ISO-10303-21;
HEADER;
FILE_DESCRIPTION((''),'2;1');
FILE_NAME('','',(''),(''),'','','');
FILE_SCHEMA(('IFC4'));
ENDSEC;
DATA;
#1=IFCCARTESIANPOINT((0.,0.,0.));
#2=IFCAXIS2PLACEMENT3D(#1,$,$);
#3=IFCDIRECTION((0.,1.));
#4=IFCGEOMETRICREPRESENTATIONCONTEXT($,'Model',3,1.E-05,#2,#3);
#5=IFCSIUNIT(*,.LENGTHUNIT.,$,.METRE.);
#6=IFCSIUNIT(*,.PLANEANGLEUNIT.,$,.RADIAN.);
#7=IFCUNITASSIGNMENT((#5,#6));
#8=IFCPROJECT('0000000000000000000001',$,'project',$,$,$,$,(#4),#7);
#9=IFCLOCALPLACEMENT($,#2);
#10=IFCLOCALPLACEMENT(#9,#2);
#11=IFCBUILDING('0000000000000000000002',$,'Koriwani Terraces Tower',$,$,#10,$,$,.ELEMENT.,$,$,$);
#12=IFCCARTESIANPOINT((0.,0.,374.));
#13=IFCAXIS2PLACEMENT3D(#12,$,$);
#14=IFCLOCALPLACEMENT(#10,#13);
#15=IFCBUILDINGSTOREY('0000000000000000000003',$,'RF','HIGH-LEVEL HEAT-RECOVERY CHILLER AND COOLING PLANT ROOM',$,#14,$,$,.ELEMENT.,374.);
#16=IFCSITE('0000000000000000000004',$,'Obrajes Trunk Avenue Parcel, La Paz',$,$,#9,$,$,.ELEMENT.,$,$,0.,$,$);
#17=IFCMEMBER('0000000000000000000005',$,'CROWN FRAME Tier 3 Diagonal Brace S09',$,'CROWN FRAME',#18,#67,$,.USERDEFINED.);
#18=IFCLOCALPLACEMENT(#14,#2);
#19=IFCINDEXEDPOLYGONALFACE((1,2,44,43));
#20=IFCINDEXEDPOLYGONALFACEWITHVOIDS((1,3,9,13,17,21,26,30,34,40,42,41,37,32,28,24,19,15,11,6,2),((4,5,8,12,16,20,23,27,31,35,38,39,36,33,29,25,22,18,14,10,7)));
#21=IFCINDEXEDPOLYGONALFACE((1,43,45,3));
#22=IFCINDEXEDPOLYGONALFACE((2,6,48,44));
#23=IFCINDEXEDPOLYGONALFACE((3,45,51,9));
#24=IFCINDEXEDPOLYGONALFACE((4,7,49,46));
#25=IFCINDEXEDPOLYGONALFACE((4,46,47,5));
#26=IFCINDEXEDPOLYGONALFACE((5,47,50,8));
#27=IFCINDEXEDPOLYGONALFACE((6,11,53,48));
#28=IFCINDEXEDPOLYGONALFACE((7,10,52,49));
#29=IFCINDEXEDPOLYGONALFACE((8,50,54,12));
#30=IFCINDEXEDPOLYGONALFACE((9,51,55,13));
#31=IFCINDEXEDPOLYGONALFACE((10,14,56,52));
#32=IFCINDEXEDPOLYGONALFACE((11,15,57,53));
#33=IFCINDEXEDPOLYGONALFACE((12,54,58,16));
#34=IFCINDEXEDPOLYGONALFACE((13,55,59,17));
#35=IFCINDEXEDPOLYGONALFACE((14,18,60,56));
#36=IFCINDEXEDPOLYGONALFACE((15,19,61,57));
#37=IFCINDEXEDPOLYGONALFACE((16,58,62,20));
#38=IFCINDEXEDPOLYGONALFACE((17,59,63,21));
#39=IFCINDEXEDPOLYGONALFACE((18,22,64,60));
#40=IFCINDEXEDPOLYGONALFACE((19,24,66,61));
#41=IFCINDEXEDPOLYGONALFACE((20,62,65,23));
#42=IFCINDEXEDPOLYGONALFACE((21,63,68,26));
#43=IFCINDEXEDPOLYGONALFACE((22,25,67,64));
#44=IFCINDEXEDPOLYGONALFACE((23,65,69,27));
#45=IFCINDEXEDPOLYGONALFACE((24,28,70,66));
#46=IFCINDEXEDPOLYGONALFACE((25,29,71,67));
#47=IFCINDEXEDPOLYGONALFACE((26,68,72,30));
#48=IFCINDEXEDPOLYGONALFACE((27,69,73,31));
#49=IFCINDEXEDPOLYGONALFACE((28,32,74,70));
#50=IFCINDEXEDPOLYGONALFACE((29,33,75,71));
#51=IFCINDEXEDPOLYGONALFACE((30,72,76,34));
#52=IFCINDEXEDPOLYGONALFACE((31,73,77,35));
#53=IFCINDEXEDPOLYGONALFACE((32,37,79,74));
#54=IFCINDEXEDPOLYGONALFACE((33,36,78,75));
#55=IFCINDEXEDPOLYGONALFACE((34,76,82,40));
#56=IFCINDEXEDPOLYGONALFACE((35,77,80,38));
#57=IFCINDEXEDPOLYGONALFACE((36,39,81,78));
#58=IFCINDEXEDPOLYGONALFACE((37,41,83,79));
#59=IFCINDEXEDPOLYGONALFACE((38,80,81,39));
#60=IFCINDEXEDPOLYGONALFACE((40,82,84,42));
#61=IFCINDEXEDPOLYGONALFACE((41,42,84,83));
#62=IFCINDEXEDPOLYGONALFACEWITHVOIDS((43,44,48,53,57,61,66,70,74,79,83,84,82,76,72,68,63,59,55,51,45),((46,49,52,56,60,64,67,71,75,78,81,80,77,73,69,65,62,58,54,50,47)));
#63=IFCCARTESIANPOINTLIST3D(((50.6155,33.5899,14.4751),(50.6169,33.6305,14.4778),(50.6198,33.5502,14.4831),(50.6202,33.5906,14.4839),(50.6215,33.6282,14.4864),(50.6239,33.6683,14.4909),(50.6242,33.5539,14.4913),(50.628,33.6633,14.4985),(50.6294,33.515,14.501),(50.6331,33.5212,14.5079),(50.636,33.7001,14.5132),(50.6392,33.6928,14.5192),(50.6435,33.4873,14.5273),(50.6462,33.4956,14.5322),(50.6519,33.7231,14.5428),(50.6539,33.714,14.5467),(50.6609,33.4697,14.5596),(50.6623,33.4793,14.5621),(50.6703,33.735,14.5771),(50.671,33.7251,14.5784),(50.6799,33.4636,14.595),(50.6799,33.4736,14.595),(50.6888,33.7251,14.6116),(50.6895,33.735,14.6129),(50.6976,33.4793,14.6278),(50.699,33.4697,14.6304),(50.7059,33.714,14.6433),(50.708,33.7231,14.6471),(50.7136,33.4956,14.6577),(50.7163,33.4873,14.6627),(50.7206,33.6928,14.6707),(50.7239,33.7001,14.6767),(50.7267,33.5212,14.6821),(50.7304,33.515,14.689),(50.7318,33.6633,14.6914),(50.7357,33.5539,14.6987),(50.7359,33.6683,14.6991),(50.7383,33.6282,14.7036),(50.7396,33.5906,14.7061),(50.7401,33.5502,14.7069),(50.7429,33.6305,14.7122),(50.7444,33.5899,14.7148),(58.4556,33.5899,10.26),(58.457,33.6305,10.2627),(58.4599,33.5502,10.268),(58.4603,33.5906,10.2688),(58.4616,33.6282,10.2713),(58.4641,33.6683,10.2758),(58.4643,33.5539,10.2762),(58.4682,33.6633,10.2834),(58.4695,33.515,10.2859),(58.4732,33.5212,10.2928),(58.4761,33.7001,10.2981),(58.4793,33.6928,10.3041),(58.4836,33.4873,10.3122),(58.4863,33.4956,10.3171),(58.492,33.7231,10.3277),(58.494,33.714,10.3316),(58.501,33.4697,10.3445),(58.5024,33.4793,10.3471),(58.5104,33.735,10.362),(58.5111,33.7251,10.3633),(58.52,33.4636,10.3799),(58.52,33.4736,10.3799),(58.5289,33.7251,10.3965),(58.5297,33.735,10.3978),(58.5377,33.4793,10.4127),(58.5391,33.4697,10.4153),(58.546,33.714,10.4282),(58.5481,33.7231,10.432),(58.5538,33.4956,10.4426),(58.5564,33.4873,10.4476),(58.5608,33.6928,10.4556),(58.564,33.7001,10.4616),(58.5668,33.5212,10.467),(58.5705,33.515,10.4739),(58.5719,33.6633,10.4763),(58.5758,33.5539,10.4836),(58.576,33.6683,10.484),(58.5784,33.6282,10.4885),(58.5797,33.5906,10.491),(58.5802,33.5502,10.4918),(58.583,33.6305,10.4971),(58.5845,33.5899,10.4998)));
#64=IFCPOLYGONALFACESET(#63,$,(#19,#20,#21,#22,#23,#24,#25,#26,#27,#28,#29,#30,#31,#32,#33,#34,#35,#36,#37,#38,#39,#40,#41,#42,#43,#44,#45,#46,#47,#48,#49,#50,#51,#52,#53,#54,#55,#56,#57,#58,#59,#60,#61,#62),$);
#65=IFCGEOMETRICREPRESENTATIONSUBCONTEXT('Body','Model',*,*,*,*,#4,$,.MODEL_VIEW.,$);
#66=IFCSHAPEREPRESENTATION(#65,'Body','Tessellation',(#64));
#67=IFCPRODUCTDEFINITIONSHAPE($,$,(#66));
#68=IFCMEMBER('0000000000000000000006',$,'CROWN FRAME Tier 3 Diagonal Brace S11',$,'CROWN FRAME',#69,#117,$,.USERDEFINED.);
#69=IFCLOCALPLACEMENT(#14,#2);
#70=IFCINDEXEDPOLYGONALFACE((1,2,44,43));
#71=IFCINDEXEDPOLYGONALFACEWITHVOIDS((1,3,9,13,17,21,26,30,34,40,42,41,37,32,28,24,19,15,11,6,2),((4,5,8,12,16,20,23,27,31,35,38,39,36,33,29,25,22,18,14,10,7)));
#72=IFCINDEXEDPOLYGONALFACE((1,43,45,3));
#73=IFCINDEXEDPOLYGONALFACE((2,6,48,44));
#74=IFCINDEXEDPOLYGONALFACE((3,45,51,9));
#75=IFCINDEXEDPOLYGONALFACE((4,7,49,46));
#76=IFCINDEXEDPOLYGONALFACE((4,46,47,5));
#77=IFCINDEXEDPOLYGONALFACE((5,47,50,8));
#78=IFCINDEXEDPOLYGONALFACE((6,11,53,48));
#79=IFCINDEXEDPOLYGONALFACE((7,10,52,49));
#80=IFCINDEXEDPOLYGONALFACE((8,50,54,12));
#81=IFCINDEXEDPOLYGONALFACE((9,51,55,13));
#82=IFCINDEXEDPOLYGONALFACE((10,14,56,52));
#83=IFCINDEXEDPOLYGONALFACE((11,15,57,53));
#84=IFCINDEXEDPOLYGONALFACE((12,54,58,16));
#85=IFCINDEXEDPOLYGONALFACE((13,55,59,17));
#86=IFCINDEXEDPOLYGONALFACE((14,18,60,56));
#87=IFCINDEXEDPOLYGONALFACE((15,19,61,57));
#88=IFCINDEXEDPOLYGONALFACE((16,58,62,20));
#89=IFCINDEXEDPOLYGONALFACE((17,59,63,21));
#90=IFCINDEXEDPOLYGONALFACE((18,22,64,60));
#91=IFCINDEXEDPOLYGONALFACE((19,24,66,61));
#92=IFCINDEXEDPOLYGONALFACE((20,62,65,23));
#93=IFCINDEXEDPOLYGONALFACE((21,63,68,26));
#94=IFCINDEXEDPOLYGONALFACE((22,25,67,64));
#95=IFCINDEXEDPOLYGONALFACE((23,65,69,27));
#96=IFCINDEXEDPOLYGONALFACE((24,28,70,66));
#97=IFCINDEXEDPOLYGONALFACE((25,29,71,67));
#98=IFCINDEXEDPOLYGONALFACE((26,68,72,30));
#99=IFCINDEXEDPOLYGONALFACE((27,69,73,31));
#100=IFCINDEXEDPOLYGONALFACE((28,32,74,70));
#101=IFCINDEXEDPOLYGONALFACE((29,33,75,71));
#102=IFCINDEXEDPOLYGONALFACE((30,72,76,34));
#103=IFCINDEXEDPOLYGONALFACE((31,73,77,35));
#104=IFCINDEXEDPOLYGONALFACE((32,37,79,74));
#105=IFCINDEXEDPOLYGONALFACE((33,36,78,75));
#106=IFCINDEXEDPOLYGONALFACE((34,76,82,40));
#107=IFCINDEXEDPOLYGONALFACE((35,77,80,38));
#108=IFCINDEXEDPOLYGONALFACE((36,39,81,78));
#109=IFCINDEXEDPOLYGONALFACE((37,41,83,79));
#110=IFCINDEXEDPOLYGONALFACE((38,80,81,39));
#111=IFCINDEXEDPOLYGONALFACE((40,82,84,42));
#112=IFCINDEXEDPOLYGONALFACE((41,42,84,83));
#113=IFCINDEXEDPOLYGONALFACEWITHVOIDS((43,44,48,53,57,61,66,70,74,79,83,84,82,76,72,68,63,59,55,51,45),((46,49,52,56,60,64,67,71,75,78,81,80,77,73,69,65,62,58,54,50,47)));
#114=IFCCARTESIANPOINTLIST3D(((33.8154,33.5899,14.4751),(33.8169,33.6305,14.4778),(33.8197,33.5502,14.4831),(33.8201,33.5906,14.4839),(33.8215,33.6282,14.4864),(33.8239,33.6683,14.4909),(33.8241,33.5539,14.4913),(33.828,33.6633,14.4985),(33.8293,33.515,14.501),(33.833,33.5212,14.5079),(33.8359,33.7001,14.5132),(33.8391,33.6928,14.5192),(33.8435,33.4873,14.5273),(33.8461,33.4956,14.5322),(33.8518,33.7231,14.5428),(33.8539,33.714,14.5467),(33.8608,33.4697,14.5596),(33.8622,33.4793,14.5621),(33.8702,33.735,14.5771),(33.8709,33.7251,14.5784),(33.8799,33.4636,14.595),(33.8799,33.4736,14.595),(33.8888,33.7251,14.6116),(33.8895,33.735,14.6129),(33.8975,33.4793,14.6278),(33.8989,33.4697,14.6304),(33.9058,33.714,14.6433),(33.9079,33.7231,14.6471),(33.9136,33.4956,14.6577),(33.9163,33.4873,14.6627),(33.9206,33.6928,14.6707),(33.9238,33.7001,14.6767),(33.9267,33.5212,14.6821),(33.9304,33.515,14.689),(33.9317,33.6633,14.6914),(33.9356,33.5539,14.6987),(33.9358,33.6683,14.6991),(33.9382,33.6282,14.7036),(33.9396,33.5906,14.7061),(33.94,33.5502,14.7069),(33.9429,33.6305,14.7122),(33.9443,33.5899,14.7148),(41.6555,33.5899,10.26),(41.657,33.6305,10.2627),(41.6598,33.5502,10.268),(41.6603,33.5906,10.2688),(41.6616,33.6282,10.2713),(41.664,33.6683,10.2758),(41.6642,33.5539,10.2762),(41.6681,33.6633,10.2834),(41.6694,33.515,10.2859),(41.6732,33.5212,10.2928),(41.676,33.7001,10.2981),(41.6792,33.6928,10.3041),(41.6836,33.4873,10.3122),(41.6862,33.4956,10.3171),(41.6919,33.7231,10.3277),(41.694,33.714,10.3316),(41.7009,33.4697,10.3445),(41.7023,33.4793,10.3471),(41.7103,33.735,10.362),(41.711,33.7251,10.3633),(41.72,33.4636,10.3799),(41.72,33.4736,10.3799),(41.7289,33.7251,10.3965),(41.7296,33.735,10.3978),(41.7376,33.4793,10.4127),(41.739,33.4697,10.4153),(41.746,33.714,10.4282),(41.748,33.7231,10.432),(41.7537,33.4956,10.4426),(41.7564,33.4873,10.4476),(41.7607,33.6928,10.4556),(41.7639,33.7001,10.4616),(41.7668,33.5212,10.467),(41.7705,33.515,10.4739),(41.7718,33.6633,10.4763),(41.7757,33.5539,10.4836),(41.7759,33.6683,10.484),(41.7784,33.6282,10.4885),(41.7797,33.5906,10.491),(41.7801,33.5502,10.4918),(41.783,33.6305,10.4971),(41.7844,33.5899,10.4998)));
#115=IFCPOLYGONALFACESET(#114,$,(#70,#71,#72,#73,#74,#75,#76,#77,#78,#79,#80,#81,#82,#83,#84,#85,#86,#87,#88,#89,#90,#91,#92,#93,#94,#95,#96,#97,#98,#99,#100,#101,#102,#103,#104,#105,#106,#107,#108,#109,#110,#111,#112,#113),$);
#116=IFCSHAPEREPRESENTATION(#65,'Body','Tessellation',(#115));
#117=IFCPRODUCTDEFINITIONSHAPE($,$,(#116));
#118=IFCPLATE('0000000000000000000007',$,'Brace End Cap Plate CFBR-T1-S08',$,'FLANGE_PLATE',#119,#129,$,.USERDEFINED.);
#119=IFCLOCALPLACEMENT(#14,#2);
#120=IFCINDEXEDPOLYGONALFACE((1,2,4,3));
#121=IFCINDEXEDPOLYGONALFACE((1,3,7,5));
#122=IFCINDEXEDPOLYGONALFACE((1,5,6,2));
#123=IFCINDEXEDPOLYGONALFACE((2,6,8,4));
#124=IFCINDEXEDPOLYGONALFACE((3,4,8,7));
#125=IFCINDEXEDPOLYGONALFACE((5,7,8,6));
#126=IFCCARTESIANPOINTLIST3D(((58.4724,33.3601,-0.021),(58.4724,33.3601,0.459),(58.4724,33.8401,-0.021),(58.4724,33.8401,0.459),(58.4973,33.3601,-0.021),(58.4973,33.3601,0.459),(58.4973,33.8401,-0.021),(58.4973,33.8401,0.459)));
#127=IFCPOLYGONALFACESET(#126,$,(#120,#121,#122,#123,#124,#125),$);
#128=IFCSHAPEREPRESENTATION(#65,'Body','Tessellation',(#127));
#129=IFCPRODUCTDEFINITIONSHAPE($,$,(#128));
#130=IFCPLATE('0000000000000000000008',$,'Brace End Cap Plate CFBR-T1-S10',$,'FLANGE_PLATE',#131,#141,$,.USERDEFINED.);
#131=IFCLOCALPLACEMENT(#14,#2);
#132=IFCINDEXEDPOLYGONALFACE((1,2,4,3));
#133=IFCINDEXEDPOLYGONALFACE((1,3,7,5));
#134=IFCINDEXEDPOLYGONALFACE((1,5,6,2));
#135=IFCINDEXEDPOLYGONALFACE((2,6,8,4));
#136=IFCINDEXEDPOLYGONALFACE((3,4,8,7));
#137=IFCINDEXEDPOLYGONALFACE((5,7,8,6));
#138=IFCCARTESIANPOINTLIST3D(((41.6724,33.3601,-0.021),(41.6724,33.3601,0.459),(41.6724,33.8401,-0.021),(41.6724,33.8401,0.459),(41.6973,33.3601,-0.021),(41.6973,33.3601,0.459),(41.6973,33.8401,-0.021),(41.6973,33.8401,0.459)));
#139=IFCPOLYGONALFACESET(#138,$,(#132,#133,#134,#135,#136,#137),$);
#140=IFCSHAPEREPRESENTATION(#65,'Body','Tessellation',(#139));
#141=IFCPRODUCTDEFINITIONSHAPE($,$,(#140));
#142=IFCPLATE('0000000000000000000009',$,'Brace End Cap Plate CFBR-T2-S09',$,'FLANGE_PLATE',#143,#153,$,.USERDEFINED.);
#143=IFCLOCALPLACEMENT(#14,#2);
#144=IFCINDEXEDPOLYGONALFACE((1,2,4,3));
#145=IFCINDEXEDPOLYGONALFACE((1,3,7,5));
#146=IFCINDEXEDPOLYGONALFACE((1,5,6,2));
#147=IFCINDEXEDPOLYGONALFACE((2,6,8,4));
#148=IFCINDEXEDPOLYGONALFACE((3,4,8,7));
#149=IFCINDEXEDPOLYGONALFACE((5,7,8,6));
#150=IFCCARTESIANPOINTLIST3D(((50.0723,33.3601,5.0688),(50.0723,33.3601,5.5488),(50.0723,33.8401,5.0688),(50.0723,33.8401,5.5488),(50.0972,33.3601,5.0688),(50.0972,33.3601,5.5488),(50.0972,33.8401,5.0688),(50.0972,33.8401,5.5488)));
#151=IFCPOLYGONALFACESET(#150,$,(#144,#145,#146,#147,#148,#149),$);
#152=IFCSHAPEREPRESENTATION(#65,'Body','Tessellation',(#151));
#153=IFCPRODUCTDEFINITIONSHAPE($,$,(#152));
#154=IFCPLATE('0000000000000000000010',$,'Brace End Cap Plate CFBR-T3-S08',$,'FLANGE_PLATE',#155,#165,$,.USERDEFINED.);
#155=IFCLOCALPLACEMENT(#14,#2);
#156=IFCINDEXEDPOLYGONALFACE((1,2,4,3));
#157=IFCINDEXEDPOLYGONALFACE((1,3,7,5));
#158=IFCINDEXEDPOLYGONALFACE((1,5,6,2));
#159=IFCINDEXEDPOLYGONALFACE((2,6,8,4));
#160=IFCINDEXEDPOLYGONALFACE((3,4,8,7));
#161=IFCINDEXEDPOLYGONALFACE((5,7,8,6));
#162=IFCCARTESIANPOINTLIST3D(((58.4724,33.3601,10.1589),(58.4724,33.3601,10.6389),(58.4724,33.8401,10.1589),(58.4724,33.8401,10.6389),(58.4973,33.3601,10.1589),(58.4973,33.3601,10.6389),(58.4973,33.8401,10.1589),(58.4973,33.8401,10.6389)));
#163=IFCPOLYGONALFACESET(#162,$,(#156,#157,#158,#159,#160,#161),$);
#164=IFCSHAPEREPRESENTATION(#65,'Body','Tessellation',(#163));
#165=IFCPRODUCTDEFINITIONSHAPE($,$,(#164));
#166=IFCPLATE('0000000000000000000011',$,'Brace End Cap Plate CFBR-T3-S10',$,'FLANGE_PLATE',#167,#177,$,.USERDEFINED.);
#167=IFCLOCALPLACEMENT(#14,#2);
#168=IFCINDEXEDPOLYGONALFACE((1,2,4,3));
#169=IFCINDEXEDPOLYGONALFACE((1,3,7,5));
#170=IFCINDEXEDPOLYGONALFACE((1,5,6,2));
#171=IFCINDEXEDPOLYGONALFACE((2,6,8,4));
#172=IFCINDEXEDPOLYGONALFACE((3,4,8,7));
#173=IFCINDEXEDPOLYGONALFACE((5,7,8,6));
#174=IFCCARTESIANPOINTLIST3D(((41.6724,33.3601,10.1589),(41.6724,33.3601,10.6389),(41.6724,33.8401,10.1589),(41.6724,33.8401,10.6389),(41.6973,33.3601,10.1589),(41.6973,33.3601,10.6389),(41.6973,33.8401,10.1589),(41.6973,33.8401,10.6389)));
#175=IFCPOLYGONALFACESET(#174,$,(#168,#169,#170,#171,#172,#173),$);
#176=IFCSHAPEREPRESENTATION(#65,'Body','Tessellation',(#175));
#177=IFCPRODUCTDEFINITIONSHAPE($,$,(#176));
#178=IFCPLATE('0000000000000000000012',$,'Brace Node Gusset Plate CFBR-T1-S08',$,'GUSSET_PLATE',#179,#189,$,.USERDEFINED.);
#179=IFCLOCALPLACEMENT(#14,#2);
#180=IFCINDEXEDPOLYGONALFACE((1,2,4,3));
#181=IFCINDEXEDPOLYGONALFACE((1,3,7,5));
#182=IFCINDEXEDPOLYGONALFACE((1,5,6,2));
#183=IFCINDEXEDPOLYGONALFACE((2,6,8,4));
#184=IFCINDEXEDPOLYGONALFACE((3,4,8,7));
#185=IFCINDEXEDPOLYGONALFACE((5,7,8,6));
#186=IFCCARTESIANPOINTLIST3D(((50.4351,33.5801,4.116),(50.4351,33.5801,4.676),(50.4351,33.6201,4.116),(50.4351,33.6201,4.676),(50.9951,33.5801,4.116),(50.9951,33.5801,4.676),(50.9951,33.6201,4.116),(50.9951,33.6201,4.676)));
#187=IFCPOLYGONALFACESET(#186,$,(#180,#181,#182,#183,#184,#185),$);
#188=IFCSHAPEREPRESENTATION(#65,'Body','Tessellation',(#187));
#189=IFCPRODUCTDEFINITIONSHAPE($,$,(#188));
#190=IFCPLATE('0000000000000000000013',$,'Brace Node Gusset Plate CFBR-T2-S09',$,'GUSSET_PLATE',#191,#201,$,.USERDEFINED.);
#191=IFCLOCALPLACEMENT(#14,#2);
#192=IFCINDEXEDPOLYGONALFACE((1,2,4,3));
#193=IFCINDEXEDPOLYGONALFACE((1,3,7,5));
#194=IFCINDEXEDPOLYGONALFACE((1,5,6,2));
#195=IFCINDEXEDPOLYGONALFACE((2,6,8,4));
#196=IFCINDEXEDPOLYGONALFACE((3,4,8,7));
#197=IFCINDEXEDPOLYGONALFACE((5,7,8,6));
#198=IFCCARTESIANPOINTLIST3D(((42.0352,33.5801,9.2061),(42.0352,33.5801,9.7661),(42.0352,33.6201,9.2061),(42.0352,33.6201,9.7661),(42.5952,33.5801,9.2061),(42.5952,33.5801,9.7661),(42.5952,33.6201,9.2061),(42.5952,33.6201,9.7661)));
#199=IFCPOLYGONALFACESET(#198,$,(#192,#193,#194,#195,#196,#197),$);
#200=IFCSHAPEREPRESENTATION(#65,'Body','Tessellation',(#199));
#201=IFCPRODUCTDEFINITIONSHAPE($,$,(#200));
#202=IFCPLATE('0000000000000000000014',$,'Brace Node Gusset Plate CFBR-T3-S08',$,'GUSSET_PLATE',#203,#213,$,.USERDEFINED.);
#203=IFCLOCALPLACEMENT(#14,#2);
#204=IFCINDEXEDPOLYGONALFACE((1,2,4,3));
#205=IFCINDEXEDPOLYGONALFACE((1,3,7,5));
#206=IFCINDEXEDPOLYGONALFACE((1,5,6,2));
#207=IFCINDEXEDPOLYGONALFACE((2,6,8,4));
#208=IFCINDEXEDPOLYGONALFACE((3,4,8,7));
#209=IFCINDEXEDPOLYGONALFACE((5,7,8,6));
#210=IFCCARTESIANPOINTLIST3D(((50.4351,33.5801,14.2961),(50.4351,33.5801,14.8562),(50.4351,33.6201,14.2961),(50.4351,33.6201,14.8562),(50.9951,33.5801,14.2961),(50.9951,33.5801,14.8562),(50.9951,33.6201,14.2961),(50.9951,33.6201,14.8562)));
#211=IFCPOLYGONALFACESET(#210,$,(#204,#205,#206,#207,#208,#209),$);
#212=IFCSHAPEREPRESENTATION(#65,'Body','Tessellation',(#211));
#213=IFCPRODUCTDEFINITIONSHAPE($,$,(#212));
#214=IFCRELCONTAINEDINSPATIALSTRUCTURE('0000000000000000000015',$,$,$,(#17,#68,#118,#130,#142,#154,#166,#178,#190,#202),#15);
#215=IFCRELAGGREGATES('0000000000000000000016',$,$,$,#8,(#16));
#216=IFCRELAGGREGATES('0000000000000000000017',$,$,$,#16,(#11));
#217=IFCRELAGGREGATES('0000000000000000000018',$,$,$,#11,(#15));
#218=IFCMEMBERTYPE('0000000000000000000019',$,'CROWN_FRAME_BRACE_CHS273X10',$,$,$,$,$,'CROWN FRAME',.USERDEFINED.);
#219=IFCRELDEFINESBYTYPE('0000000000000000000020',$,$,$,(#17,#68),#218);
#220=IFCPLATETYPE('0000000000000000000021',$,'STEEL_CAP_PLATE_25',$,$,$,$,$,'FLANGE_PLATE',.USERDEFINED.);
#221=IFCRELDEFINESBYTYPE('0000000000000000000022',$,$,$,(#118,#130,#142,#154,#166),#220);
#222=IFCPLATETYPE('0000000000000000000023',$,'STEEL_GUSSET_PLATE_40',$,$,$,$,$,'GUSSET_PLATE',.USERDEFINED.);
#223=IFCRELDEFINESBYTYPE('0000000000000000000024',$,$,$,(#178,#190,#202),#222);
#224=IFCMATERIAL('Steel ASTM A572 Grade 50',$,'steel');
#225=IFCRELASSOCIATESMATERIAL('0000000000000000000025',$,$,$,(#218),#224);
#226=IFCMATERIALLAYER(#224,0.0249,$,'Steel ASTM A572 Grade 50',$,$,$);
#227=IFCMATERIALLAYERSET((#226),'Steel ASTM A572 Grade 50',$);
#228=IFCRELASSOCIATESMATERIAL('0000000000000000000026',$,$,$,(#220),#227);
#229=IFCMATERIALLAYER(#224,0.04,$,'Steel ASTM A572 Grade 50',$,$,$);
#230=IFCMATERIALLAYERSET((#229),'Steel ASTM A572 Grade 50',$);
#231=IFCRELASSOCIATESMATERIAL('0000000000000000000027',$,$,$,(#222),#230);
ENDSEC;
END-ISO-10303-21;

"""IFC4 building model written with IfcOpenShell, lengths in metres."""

from ifc_helpers import new_model, si_unit, direction, frame, origin, origin_2d, place, context, subcontext, project, spatial, rectangle, hollow_circle, extrude, material, layer, layer_set, material_profile, profile_set, type_object, element, save


model = new_model("IFC4")

# Units and contexts
model_context = context("Model", 3, precision=1e-05, world=origin(), true_north=direction((0.0, 1.0)))
body_context = subcontext(model_context, "Body", "Model", "MODEL_VIEW")
ifc_project = project(units=[si_unit("LENGTHUNIT", "METRE"), si_unit("PLANEANGLEUNIT", "RADIAN")], contexts=[model_context])

# Site, building, storey
site_placement = place(None, origin())
site = spatial("IfcSite", under=ifc_project, at=site_placement, Name="Obrajes Trunk Avenue Parcel, La Paz", CompositionType="ELEMENT", RefElevation=0.0)
building_placement = place(site_placement, origin())
building = spatial("IfcBuilding", under=site, at=building_placement, Name="Koriwani Terraces Tower", CompositionType="ELEMENT")
storey_placement = place(building_placement, frame((0.0, 0.0, 374.0)))
storey = spatial("IfcBuildingStorey", under=building, at=storey_placement, Name="RF", Description="HIGH-LEVEL HEAT-RECOVERY CHILLER AND COOLING PLANT ROOM", CompositionType="ELEMENT", Elevation=374.0)

# Shared definitions
ifc_material_1 = material(Name="Steel ASTM A572 Grade 50", Category="steel")

# Members
ifc_material_profile_1 = material_profile(ifc_material_1, hollow_circle(Radius=0.1365, WallThickness=0.01, at=origin_2d()), Name="Steel ASTM A572 Grade 50", Category="LoadBearing")
ifc_profile_set_1 = profile_set([ifc_material_profile_1], Name="Steel ASTM A572 Grade 50")
member_type_1 = type_object("IfcMemberType", Name="CROWN_FRAME_BRACE_CHS273X10", ElementType="CROWN FRAME", PredefinedType="USERDEFINED", material=ifc_profile_set_1)
for number, where, z_axis, x_axis, name in (
    (1, (58.52, 33.6001, 10.3799), (-0.880776, 0.0, 0.473534), (0.0, -1.0, 0.0), "CROWN FRAME Tier 3 Diagonal Brace S09"),
    (2, (41.72, 33.6001, 10.3799), (-0.880776, 0.0, 0.473534), (0.0, -1.0, 0.0), "CROWN FRAME Tier 3 Diagonal Brace S11"),
):
    element("IfcMember", number, at=place(storey_placement, frame(where, z_axis=z_axis, x_axis=x_axis)), inside=storey, type_object=member_type_1, Name=name, ObjectType="CROWN FRAME", PredefinedType="USERDEFINED", context=body_context, shape_type="SweptSolid", body=[
        extrude(hollow_circle(Radius=0.1365, WallThickness=0.01, at=origin_2d()), origin(), (0.0, 0.0, 1.0), 8.9014),
    ])

# Plates
ifc_layer_1 = layer(ifc_material_1, 0.0249, Name="Steel ASTM A572 Grade 50")
ifc_layer_set_1 = layer_set([ifc_layer_1], Name="Steel ASTM A572 Grade 50")
plate_type_1 = type_object("IfcPlateType", Name="STEEL_CAP_PLATE_25", ElementType="FLANGE_PLATE", PredefinedType="USERDEFINED", material=ifc_layer_set_1)
for number, where, z_axis, x_axis, name in (
    (3, (58.4849, 33.6001, -0.021), (0.0, 0.0, 1.0), (-1.0, 0.0, 0.0), "Brace End Cap Plate CFBR-T1-S08"),
    (4, (41.6848, 33.6001, -0.021), (0.0, 0.0, 1.0), (-1.0, 0.0, 0.0), "Brace End Cap Plate CFBR-T1-S10"),
    (5, (50.0847, 33.6001, 5.0688), (0.0, 0.0, 1.0), (-1.0, 0.0, 0.0), "Brace End Cap Plate CFBR-T2-S09"),
    (6, (58.4849, 33.6001, 10.1589), (0.0, 0.0, 1.0), (-1.0, 0.0, 0.0), "Brace End Cap Plate CFBR-T3-S08"),
    (7, (41.6848, 33.6001, 10.1589), (0.0, 0.0, 1.0), (-1.0, 0.0, 0.0), "Brace End Cap Plate CFBR-T3-S10"),
):
    element("IfcPlate", number, at=place(storey_placement, frame(where, z_axis=z_axis, x_axis=x_axis)), inside=storey, type_object=plate_type_1, Name=name, ObjectType="FLANGE_PLATE", PredefinedType="USERDEFINED", context=body_context, shape_type="SweptSolid", body=[
        extrude(rectangle(XDim=0.0249, YDim=0.48, at=origin_2d()), origin(), (0.0, 0.0, 1.0), 0.48),
    ])
ifc_layer_2 = layer(ifc_material_1, 0.04, Name="Steel ASTM A572 Grade 50")
ifc_layer_set_2 = layer_set([ifc_layer_2], Name="Steel ASTM A572 Grade 50")
plate_type_2 = type_object("IfcPlateType", Name="STEEL_GUSSET_PLATE_40", ElementType="GUSSET_PLATE", PredefinedType="USERDEFINED", material=ifc_layer_set_2)
for number, where, z_axis, x_axis, name in (
    (8, (50.7151, 33.6001, 4.116), (0.0, 0.0, 1.0), (-1.0, 0.0, 0.0), "Brace Node Gusset Plate CFBR-T1-S08"),
    (9, (42.3152, 33.6001, 9.2061), (0.0, 0.0, 1.0), (-1.0, 0.0, 0.0), "Brace Node Gusset Plate CFBR-T2-S09"),
    (10, (50.7151, 33.6001, 14.2961), (0.0, 0.0, 1.0), (-1.0, 0.0, 0.0), "Brace Node Gusset Plate CFBR-T3-S08"),
):
    element("IfcPlate", number, at=place(storey_placement, frame(where, z_axis=z_axis, x_axis=x_axis)), inside=storey, type_object=plate_type_2, Name=name, ObjectType="GUSSET_PLATE", PredefinedType="USERDEFINED", context=body_context, shape_type="SweptSolid", body=[
        extrude(rectangle(XDim=0.5601, YDim=0.04, at=origin_2d()), origin(), (0.0, 0.0, 1.0), 0.5601),
    ])

save(model, "model.ifc")
